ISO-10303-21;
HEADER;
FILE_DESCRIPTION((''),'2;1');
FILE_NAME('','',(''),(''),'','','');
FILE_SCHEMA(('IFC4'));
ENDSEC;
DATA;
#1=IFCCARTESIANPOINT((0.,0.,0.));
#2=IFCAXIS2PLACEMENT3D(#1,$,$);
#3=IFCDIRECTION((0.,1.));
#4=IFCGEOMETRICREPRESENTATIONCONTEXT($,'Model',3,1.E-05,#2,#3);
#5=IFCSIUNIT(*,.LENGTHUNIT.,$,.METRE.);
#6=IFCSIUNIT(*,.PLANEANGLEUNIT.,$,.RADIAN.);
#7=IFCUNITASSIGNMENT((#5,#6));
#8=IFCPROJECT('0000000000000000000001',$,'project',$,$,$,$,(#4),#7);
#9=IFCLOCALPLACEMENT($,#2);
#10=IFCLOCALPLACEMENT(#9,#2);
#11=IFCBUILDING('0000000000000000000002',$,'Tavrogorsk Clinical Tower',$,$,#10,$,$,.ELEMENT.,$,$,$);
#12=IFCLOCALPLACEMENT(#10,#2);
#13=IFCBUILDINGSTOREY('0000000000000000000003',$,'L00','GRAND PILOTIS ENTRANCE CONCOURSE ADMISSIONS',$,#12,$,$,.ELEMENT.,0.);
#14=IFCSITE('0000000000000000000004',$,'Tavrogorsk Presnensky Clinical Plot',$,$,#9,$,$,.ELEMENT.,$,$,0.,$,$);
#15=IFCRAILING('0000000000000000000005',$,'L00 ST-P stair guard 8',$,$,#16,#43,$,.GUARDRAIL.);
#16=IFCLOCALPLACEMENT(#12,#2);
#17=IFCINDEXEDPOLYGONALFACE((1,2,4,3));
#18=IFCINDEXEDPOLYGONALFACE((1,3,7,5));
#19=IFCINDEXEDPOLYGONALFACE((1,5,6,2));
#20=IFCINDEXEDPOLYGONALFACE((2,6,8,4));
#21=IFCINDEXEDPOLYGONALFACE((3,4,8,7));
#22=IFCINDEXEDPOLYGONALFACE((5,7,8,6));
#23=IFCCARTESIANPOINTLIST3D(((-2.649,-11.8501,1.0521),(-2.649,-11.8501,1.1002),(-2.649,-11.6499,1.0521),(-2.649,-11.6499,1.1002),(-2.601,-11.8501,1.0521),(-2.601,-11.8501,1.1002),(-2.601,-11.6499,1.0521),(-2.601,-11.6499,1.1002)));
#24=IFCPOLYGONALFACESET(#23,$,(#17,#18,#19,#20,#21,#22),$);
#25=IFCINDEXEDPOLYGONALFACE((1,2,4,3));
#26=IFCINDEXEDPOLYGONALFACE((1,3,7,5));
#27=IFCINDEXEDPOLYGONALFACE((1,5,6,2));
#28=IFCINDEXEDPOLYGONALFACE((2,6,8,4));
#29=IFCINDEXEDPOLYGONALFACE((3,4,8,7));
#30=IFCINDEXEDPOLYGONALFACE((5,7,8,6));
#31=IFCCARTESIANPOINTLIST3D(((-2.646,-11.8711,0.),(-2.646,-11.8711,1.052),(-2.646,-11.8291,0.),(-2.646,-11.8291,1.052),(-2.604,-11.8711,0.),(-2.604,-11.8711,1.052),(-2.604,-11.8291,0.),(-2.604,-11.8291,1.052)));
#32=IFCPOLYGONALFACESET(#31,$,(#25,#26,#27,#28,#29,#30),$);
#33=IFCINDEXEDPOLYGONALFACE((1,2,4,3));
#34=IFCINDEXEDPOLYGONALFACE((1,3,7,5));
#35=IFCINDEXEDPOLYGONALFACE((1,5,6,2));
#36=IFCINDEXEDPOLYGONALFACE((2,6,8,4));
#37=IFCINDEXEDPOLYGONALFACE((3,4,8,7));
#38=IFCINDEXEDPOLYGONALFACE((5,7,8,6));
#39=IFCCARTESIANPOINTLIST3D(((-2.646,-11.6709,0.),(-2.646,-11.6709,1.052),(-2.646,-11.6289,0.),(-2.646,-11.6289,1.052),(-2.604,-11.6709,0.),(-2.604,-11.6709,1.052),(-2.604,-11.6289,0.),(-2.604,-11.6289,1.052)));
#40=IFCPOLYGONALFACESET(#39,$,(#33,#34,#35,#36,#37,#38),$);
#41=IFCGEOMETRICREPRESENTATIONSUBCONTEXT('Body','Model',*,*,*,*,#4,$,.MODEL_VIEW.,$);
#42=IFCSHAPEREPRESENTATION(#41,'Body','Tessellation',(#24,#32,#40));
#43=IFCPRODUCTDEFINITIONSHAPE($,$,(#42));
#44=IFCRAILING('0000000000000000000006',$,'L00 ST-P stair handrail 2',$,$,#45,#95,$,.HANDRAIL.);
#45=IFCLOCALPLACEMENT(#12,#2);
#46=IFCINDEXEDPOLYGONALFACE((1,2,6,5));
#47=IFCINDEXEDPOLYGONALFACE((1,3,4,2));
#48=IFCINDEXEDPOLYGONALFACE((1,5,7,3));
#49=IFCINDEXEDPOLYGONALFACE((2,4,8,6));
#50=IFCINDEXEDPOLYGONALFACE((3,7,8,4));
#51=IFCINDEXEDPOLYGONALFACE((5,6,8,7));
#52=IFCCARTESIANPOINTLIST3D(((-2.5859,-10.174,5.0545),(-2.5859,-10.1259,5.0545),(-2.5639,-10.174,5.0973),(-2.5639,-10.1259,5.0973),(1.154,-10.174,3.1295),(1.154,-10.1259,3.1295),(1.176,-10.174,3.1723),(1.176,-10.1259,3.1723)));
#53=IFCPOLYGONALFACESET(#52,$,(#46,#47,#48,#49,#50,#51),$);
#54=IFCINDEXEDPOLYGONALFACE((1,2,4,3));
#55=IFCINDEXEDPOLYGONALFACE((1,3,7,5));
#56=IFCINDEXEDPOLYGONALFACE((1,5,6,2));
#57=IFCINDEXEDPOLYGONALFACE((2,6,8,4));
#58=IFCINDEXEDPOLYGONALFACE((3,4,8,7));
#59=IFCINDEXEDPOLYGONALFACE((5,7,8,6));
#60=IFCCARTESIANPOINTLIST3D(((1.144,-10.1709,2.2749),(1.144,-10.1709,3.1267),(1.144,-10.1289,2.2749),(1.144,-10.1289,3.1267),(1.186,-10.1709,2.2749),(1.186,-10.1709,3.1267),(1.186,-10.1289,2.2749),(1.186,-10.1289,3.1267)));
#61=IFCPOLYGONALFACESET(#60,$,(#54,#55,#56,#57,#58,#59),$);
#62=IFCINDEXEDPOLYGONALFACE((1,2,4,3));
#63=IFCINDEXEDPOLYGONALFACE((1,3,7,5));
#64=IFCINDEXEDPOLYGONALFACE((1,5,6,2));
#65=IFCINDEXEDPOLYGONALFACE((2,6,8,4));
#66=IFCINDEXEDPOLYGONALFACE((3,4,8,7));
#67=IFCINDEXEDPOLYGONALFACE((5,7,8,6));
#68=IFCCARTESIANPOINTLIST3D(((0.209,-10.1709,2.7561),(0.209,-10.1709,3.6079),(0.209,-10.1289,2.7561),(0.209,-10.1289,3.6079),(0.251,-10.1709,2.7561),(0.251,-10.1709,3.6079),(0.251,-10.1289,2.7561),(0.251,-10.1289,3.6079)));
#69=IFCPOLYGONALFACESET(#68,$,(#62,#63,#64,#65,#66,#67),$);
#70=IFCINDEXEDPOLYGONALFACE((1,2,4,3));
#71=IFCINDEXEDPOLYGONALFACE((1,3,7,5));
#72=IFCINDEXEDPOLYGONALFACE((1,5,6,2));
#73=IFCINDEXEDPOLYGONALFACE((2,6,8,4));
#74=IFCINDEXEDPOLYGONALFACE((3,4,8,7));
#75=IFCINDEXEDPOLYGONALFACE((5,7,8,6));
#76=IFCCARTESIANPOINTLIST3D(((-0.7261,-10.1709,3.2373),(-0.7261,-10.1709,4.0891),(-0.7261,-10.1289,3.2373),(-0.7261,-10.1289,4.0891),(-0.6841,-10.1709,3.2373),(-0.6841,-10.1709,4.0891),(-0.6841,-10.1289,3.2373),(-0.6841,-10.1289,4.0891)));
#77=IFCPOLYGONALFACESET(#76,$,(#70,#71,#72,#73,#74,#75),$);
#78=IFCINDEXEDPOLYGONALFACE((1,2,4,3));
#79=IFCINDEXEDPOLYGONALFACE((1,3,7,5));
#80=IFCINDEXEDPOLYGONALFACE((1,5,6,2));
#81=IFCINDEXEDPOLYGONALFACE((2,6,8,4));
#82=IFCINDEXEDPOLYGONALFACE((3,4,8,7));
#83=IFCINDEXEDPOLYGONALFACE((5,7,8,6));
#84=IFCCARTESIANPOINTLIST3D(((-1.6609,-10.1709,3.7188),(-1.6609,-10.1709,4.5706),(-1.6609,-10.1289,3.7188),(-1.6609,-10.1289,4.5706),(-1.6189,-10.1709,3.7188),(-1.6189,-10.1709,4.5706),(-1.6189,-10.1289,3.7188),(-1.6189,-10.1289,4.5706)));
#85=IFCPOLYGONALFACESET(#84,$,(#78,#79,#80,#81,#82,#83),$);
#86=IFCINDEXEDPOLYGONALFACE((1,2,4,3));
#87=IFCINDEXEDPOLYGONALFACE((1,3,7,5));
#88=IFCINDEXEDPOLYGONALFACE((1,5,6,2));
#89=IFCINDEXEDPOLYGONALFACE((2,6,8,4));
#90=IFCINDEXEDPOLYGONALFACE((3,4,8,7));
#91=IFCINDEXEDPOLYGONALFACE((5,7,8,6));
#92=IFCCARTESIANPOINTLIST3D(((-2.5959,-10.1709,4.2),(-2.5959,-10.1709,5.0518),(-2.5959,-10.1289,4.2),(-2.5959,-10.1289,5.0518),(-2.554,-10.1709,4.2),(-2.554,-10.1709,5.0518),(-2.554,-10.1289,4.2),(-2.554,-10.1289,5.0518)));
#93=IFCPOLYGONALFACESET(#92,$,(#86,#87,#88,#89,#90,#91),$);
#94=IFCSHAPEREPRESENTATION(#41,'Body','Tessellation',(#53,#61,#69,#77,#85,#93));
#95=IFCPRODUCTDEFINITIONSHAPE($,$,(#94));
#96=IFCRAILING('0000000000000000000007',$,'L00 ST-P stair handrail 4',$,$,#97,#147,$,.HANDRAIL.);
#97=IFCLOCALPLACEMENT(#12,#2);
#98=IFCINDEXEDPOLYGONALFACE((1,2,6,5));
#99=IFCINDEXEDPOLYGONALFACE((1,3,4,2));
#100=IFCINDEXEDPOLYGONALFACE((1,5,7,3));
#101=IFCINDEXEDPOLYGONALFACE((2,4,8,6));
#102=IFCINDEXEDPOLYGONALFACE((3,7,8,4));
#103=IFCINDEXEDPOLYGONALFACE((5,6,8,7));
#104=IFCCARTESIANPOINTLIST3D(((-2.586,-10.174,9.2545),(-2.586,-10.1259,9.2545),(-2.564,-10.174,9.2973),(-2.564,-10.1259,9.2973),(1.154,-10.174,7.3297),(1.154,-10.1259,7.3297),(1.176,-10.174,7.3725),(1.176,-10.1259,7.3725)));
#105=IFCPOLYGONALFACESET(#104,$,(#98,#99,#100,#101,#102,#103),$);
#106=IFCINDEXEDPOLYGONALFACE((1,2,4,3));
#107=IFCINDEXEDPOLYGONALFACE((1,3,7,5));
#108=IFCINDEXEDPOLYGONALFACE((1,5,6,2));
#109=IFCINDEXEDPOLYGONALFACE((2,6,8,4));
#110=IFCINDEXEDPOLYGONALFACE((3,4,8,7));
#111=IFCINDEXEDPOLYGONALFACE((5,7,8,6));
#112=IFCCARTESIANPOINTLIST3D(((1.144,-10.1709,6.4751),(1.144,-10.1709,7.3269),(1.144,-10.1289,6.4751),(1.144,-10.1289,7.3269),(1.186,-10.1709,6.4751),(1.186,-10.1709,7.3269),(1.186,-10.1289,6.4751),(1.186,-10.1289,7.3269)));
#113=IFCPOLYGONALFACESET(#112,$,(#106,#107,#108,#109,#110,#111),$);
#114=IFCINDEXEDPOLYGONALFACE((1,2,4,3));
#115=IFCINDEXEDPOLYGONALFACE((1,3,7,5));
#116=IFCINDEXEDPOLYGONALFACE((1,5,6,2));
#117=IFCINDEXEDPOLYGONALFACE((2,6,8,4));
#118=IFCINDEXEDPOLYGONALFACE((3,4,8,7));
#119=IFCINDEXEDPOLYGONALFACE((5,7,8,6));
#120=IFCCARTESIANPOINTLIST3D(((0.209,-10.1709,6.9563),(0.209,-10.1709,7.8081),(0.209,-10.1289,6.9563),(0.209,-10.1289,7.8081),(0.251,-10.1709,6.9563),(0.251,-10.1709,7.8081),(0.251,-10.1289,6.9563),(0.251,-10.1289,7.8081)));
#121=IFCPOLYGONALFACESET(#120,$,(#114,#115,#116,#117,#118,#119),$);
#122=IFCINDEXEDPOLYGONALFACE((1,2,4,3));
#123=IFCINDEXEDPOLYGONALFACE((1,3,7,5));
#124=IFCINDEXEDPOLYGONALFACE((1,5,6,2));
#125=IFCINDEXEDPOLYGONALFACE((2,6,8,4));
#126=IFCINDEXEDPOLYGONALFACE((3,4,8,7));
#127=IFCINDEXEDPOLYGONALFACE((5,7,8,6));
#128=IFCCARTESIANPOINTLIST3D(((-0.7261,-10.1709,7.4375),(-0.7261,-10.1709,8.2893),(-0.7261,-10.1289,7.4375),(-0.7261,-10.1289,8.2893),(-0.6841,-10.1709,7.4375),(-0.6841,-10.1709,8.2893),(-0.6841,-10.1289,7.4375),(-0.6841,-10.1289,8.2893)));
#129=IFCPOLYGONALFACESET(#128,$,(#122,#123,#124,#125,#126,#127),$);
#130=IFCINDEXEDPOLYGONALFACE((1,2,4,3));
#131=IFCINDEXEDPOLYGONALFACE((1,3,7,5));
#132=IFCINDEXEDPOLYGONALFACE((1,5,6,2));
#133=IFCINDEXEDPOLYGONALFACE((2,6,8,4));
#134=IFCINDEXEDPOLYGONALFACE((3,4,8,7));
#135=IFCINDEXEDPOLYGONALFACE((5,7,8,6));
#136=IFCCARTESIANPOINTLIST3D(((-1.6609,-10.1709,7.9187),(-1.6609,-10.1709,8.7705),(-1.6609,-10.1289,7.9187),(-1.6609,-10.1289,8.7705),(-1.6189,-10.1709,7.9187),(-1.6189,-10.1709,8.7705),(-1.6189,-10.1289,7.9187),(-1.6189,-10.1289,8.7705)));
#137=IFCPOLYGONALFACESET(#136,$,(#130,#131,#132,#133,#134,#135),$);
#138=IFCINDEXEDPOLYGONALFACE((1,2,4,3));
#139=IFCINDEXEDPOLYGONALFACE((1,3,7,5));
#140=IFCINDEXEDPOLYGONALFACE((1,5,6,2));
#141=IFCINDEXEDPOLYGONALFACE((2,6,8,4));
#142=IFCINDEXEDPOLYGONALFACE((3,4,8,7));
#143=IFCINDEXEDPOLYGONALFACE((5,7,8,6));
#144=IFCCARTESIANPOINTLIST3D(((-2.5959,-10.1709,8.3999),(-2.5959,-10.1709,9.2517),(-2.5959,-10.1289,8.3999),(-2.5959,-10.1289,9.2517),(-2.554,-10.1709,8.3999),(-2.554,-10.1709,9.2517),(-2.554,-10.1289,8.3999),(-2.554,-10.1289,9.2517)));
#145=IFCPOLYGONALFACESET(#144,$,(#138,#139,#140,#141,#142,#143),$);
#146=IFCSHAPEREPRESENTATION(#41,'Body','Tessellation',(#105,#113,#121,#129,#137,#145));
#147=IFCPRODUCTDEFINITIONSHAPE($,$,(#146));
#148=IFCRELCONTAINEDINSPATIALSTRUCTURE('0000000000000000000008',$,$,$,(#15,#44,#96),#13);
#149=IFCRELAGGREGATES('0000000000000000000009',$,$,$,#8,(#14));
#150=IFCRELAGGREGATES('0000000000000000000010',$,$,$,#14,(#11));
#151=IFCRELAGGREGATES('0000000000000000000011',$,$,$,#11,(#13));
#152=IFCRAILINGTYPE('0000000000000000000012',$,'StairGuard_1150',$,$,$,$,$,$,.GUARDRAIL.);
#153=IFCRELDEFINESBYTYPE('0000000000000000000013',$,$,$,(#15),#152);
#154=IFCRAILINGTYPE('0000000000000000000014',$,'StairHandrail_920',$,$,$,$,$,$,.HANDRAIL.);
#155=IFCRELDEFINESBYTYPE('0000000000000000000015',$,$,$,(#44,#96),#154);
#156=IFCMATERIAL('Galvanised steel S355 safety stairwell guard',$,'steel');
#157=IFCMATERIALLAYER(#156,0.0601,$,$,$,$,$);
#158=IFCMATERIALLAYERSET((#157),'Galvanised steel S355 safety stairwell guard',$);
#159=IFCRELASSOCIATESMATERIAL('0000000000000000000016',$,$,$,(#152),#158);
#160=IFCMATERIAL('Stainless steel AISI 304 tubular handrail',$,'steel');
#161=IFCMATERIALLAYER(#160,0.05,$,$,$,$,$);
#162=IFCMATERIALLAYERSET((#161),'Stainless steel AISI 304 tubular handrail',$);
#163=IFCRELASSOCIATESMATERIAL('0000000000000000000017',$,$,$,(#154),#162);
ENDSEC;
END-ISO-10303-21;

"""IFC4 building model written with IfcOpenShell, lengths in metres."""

from ifc_helpers import new_model, si_unit, direction, frame, origin, origin_2d, place, context, subcontext, project, spatial, rectangle, extrude, material, layer, layer_set, type_object, element, save


model = new_model("IFC4")

# Units and contexts
model_context = context("Model", 3, precision=1e-05, world=origin(), true_north=direction((0.0, 1.0)))
body_context = subcontext(model_context, "Body", "Model", "MODEL_VIEW")
ifc_project = project(units=[si_unit("LENGTHUNIT", "METRE"), si_unit("PLANEANGLEUNIT", "RADIAN")], contexts=[model_context])

# Site, building, storey
site_placement = place(None, origin())
site = spatial("IfcSite", under=ifc_project, at=site_placement, Name="Tavrogorsk Presnensky Clinical Plot", CompositionType="ELEMENT", RefElevation=0.0)
building_placement = place(site_placement, origin())
building = spatial("IfcBuilding", under=site, at=building_placement, Name="Tavrogorsk Clinical Tower", CompositionType="ELEMENT")
storey_placement = place(building_placement, origin())
storey = spatial("IfcBuildingStorey", under=building, at=storey_placement, Name="L00", Description="GRAND PILOTIS ENTRANCE CONCOURSE ADMISSIONS", CompositionType="ELEMENT", Elevation=0.0)

# Railings
ifc_material_1 = material(Name="Galvanised steel S355 safety stairwell guard", Category="steel")
ifc_layer_1 = layer(ifc_material_1, 0.0601)
ifc_layer_set_1 = layer_set([ifc_layer_1], Name="Galvanised steel S355 safety stairwell guard")
railing_type_1 = type_object("IfcRailingType", Name="StairGuard_1150", PredefinedType="GUARDRAIL", material=ifc_layer_set_1)
railing_1_placement = place(storey_placement, frame((-2.625, -11.8501, 0.0)))
element("IfcRailing", 1, at=railing_1_placement, inside=storey, type_object=railing_type_1, Name="L00 ST-P stair guard 8", PredefinedType="GUARDRAIL", context=body_context, shape_type="SweptSolid", body=[
    extrude(rectangle(XDim=0.0481, YDim=0.0481, at=origin_2d()), frame((0.0, 0.0, 1.0762), z_axis=(0.0, 1.0, 0.0), x_axis=(-1.0, 0.0, 0.0)), (0.0, 0.0, 1.0), 0.2002),
    extrude(rectangle(XDim=0.042, YDim=0.042, at=origin_2d()), origin(), (0.0, 0.0, 1.0), 1.052),
    extrude(rectangle(XDim=0.042, YDim=0.042, at=origin_2d()), frame((0.0, 0.2002, 0.0)), (0.0, 0.0, 1.0), 1.052),
])
ifc_material_2 = material(Name="Stainless steel AISI 304 tubular handrail", Category="steel")
ifc_layer_2 = layer(ifc_material_2, 0.05)
ifc_layer_set_2 = layer_set([ifc_layer_2], Name="Stainless steel AISI 304 tubular handrail")
railing_type_2 = type_object("IfcRailingType", Name="StairHandrail_920", PredefinedType="HANDRAIL", material=ifc_layer_set_2)
railing_2_placement = place(storey_placement, frame((1.165, -10.1499, 2.2749)))
element("IfcRailing", 2, at=railing_2_placement, inside=storey, type_object=railing_type_2, Name="L00 ST-P stair handrail 2", PredefinedType="HANDRAIL", context=body_context, shape_type="SweptSolid", body=[
    extrude(rectangle(XDim=0.0481, YDim=0.0481, at=origin_2d()), frame((0.0, 0.0, 0.876), z_axis=(-0.889131, 0.0, 0.457654), x_axis=(0.0, -1.0, 0.0)), (0.0, 0.0, 1.0), 4.2063),
    extrude(rectangle(XDim=0.042, YDim=0.042, at=origin_2d()), origin(), (0.0, 0.0, 1.0), 0.8518),
    extrude(rectangle(XDim=0.042, YDim=0.042, at=origin_2d()), frame((-0.9351, 0.0, 0.4812)), (0.0, 0.0, 1.0), 0.8518),
    extrude(rectangle(XDim=0.042, YDim=0.042, at=origin_2d()), frame((-1.8701, 0.0, 0.9624)), (0.0, 0.0, 1.0), 0.8518),
    extrude(rectangle(XDim=0.042, YDim=0.042, at=origin_2d()), frame((-2.8049, 0.0, 1.4438)), (0.0, 0.0, 1.0), 0.8518),
    extrude(rectangle(XDim=0.042, YDim=0.042, at=origin_2d()), frame((-3.74, 0.0, 1.925)), (0.0, 0.0, 1.0), 0.8518),
])
railing_3_placement = place(storey_placement, frame((1.165, -10.1499, 6.4751)))
element("IfcRailing", 3, at=railing_3_placement, inside=storey, type_object=railing_type_2, Name="L00 ST-P stair handrail 4", PredefinedType="HANDRAIL", context=body_context, shape_type="SweptSolid", body=[
    extrude(rectangle(XDim=0.0481, YDim=0.0481, at=origin_2d()), frame((0.0, 0.0, 0.876), z_axis=(-0.889154, 0.0, 0.457608), x_axis=(0.0, -1.0, 0.0)), (0.0, 0.0, 1.0), 4.2063),
    extrude(rectangle(XDim=0.042, YDim=0.042, at=origin_2d()), origin(), (0.0, 0.0, 1.0), 0.8518),
    extrude(rectangle(XDim=0.042, YDim=0.042, at=origin_2d()), frame((-0.9351, 0.0, 0.4812)), (0.0, 0.0, 1.0), 0.8518),
    extrude(rectangle(XDim=0.042, YDim=0.042, at=origin_2d()), frame((-1.8701, 0.0, 0.9624)), (0.0, 0.0, 1.0), 0.8518),
    extrude(rectangle(XDim=0.042, YDim=0.042, at=origin_2d()), frame((-2.8049, 0.0, 1.4436)), (0.0, 0.0, 1.0), 0.8518),
    extrude(rectangle(XDim=0.042, YDim=0.042, at=origin_2d()), frame((-3.74, 0.0, 1.9248)), (0.0, 0.0, 1.0), 0.8518),
])

save(model, "model.ifc")
